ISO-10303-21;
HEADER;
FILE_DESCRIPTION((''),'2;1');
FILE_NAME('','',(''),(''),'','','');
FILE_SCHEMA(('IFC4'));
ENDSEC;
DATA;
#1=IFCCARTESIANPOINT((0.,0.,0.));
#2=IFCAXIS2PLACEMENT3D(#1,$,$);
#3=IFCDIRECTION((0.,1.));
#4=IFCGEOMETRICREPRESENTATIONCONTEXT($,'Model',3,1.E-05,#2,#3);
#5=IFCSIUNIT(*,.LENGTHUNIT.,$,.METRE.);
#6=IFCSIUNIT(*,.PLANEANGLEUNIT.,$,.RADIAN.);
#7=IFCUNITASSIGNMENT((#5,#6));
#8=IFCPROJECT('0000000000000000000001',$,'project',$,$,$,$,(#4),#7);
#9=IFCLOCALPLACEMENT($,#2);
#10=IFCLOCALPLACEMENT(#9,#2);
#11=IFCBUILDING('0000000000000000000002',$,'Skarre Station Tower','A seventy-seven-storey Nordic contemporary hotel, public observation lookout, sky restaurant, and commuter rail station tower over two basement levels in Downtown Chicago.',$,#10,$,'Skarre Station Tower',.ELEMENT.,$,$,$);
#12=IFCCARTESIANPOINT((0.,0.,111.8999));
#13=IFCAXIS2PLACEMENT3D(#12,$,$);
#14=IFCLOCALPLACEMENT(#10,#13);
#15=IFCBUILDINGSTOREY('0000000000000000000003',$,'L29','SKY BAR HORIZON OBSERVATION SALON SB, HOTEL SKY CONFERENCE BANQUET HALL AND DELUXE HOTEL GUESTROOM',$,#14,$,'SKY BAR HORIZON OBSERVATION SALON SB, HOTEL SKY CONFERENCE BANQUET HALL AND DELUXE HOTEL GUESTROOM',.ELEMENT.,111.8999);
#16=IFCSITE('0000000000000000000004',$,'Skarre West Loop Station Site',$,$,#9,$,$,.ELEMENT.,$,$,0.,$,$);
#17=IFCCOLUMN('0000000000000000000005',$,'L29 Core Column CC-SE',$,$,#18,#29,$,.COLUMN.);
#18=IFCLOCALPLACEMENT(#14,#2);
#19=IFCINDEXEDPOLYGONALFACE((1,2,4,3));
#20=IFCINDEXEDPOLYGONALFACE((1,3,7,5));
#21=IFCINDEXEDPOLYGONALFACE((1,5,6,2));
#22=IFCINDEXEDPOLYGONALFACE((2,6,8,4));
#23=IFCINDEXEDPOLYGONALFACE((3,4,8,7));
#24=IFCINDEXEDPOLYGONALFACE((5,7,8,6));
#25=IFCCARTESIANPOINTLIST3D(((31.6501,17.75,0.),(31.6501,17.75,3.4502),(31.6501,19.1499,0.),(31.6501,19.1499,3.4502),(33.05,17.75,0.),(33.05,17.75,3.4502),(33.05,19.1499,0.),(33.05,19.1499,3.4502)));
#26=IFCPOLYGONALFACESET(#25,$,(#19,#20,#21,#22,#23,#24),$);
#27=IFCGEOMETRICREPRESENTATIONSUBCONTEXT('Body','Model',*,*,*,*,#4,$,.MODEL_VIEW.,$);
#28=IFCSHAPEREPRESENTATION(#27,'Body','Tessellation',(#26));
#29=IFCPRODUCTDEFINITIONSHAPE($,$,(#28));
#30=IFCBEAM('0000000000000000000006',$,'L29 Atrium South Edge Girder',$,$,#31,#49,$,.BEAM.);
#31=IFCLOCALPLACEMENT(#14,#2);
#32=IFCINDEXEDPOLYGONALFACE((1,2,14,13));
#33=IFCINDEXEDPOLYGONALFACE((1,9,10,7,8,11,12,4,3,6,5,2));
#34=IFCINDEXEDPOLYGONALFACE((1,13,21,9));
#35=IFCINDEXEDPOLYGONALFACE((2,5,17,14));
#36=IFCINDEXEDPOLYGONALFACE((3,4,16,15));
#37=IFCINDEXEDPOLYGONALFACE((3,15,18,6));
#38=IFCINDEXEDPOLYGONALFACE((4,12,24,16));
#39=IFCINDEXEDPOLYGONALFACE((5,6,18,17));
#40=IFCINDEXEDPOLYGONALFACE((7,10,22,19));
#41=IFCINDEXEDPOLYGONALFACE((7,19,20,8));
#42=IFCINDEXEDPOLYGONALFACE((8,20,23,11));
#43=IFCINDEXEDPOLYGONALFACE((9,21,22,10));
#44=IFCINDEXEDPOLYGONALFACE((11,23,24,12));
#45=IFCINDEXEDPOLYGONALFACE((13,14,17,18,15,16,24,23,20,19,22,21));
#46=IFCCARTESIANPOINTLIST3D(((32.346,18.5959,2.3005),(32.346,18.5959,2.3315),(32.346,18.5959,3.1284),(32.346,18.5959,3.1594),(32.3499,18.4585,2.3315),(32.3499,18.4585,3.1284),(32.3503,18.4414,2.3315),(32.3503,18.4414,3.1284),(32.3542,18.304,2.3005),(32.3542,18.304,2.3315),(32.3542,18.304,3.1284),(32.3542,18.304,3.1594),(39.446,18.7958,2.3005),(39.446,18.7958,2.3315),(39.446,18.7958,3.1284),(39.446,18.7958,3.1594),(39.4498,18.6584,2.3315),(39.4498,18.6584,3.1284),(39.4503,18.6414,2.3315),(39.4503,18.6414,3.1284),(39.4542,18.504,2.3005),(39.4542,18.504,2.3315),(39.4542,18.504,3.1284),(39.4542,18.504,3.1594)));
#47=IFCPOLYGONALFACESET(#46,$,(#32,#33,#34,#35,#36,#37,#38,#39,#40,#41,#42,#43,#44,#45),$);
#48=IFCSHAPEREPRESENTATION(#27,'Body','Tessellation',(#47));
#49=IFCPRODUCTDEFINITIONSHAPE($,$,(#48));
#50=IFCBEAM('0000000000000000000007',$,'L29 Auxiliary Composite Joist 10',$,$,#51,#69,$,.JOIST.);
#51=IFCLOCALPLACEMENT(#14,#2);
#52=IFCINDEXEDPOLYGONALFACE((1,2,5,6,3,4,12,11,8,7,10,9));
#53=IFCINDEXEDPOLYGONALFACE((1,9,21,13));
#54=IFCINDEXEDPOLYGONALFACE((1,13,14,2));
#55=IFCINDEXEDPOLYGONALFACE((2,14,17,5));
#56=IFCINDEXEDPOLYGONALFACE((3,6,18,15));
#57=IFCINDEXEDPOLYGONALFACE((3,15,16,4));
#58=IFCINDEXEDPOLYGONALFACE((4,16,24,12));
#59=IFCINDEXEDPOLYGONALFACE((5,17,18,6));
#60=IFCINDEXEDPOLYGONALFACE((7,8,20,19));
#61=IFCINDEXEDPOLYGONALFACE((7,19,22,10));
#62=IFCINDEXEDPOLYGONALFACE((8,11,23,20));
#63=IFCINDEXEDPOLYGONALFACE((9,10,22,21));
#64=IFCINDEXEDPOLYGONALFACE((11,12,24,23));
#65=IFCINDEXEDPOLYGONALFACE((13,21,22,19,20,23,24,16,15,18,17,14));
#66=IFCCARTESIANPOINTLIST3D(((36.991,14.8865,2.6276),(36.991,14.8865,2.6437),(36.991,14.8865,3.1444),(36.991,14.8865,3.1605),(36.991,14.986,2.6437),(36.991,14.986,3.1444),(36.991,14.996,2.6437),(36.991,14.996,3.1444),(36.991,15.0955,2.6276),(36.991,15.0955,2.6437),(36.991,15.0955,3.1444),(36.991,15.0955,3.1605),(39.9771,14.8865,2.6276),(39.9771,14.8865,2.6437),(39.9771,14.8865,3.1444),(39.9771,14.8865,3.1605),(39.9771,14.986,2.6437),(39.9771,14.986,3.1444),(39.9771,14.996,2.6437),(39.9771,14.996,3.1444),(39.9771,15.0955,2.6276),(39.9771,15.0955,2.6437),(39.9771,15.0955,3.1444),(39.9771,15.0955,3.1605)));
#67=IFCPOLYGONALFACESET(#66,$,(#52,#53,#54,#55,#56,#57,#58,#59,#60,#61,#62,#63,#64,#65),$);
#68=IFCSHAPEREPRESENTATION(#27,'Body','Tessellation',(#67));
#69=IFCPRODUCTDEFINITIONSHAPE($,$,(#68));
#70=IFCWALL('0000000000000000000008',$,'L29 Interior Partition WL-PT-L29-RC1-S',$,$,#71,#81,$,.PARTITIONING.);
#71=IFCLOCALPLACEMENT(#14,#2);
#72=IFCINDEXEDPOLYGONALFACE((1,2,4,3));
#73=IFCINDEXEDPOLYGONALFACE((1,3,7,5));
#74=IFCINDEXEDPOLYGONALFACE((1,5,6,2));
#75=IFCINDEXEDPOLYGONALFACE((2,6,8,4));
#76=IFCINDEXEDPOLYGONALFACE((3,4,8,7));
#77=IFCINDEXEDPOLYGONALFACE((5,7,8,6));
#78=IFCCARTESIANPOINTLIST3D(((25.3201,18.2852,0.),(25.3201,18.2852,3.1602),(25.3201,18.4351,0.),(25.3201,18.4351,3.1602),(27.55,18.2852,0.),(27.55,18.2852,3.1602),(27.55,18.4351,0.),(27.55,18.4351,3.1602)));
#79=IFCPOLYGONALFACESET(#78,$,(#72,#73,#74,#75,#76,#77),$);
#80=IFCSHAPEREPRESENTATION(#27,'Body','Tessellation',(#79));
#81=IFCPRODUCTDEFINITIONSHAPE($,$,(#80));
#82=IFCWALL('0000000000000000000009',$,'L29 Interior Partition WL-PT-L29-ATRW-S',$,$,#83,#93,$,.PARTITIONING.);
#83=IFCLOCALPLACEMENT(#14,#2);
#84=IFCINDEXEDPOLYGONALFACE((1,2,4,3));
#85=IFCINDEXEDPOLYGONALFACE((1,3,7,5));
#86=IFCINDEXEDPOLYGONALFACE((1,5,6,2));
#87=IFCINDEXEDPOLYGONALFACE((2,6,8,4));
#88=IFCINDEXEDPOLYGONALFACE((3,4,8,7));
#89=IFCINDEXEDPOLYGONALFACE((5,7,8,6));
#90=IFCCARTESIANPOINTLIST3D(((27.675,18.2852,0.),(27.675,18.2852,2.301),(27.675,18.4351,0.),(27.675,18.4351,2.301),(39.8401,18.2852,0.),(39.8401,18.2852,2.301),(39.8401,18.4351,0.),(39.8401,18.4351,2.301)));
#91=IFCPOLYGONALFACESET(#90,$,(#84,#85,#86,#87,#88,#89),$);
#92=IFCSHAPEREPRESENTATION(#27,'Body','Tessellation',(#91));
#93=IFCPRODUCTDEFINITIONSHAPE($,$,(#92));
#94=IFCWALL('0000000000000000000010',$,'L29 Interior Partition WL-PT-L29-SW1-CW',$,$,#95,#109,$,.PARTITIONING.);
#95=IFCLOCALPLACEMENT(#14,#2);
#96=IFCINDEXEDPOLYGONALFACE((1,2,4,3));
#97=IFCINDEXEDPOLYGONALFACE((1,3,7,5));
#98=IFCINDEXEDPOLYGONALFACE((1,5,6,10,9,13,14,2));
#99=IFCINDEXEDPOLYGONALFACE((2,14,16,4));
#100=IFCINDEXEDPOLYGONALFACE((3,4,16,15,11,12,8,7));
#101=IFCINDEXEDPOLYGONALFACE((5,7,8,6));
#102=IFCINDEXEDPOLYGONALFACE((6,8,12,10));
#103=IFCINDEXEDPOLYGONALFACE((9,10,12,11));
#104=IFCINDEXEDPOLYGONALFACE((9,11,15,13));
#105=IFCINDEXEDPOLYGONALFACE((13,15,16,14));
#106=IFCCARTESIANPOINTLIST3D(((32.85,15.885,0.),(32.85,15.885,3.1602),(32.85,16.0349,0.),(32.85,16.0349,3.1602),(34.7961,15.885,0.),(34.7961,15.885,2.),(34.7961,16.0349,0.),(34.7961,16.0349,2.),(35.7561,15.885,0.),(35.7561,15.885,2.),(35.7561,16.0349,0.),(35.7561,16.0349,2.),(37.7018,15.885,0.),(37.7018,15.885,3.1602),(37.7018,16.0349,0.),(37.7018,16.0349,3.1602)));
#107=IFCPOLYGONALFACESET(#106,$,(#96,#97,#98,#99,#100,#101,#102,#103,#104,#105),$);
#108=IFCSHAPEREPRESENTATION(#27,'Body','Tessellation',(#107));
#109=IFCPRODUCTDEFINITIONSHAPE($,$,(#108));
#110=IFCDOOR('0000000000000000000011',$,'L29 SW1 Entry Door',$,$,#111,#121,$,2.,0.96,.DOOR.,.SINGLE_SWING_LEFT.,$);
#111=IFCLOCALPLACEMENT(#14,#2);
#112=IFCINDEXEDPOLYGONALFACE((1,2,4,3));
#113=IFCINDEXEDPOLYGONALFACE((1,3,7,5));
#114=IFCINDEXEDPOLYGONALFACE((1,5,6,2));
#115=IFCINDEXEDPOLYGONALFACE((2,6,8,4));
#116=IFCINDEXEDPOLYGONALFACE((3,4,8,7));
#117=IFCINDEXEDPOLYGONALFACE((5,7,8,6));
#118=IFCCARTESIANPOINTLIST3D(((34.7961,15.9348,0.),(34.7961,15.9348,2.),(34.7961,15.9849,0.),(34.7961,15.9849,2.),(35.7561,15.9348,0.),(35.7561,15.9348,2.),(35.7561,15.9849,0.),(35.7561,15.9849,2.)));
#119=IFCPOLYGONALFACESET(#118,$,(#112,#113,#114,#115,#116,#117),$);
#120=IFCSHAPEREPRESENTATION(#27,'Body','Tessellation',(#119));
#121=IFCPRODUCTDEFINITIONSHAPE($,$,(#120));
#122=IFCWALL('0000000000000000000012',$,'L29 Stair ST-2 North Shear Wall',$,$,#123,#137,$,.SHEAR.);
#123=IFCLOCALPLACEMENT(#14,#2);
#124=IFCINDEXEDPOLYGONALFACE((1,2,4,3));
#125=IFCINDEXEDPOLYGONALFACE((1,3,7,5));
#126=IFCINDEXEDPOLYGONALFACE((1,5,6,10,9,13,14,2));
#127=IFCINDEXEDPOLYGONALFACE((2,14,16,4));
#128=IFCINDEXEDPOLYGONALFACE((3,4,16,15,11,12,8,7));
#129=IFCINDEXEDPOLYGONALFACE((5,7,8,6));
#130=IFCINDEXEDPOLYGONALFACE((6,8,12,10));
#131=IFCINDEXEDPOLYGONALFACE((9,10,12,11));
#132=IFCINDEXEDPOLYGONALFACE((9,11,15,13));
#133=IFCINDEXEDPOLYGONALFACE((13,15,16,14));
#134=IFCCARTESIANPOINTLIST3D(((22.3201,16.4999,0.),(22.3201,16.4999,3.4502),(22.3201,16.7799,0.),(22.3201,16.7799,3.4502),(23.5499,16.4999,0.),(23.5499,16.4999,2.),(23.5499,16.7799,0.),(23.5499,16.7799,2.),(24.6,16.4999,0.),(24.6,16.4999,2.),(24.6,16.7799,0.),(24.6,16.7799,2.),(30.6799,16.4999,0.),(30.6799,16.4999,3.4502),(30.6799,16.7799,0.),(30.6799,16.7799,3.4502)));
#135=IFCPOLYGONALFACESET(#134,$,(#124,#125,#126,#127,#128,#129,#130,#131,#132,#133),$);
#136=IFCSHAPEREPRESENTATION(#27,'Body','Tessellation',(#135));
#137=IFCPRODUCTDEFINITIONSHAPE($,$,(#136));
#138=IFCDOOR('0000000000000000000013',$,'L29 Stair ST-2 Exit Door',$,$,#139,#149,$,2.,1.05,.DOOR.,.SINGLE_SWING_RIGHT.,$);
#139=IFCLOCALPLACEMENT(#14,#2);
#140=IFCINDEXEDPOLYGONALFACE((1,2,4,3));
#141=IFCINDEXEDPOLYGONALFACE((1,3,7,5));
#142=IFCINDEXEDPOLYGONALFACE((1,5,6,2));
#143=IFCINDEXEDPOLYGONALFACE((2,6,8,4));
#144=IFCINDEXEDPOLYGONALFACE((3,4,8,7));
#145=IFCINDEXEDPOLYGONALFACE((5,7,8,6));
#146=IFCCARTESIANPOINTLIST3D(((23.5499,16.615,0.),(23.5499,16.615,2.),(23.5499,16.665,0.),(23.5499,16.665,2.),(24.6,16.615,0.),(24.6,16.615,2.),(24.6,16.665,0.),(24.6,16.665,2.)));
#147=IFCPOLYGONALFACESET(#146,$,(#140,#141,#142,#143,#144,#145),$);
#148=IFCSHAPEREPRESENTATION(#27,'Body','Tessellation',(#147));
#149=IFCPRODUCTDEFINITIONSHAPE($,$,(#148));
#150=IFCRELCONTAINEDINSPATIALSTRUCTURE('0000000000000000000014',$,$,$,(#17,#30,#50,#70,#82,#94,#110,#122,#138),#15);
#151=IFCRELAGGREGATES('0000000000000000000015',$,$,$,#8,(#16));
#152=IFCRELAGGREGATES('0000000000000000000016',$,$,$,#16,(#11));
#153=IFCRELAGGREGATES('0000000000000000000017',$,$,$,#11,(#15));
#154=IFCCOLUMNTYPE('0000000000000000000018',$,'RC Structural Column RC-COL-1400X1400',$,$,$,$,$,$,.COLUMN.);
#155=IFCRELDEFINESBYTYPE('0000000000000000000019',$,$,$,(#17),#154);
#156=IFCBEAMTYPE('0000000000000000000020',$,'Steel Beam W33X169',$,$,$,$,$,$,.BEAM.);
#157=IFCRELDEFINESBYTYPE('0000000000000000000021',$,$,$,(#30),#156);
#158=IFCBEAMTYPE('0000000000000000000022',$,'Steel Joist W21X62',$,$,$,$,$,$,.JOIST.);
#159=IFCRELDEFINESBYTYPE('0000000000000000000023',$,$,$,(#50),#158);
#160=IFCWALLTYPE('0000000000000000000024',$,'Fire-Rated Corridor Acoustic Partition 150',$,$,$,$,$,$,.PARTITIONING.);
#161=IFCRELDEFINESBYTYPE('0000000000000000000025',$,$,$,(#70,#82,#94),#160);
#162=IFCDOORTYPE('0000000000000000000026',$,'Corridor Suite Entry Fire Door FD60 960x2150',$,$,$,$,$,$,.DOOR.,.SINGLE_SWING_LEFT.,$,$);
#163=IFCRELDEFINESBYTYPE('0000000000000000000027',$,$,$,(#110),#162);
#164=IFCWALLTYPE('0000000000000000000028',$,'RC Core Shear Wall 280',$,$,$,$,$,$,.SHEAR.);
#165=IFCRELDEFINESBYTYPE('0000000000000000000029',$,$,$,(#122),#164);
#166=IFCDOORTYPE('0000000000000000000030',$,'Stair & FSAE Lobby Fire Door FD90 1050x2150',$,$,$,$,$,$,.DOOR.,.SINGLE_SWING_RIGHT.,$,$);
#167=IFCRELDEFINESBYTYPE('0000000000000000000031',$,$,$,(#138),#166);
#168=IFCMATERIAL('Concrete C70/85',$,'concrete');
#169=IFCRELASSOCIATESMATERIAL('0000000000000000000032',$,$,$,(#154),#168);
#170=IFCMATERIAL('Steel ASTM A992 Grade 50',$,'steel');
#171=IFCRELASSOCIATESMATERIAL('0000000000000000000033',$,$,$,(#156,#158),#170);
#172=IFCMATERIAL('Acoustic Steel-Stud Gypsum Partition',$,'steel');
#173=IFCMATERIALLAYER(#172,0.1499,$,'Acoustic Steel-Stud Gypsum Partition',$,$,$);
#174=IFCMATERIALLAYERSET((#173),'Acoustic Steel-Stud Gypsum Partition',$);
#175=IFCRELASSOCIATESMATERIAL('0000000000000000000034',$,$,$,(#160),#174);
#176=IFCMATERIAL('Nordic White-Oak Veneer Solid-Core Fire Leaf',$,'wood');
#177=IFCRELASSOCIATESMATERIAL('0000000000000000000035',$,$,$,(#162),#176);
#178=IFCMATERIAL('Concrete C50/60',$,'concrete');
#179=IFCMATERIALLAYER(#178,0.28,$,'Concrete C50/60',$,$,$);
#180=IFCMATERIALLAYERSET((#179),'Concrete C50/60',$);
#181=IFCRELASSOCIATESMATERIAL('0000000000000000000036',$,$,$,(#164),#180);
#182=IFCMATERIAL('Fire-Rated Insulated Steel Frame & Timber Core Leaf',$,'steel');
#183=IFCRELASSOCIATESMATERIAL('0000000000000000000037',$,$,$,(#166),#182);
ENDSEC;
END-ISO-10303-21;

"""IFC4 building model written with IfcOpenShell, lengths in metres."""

from ifc_helpers import new_model, si_unit, direction, frame, frame_2d, origin, origin_2d, place, context, subcontext, project, spatial, rectangle, i_section, extrude, material, layer, layer_set, material_profile, profile_set, type_object, element, fill, save


model = new_model("IFC4")

# Units and contexts
model_context = context("Model", 3, precision=1e-05, world=origin(), true_north=direction((0.0, 1.0)))
body_context = subcontext(model_context, "Body", "Model", "MODEL_VIEW")
ifc_project = project(units=[si_unit("LENGTHUNIT", "METRE"), si_unit("PLANEANGLEUNIT", "RADIAN")], contexts=[model_context])

# Site, building, storey
site_placement = place(None, origin())
site = spatial("IfcSite", under=ifc_project, at=site_placement, Name="Skarre West Loop Station Site", CompositionType="ELEMENT", RefElevation=0.0)
building_placement = place(site_placement, origin())
building = spatial("IfcBuilding", under=site, at=building_placement, Name="Skarre Station Tower", Description="A seventy-seven-storey Nordic contemporary hotel, public observation lookout, sky restaurant, and commuter rail station tower over two basement levels in Downtown Chicago.", LongName="Skarre Station Tower", CompositionType="ELEMENT")
storey_placement = place(building_placement, frame((0.0, 0.0, 111.8999)))
storey = spatial("IfcBuildingStorey", under=building, at=storey_placement, Name="L29", Description="SKY BAR HORIZON OBSERVATION SALON SB, HOTEL SKY CONFERENCE BANQUET HALL AND DELUXE HOTEL GUESTROOM", LongName="SKY BAR HORIZON OBSERVATION SALON SB, HOTEL SKY CONFERENCE BANQUET HALL AND DELUXE HOTEL GUESTROOM", CompositionType="ELEMENT", Elevation=111.8999)

# Column
ifc_material_1 = material(Name="Concrete C70/85", Category="concrete")
ifc_material_profile_1 = material_profile(ifc_material_1, rectangle(XDim=1.3999, YDim=1.3999, at=origin_2d()), Name="Concrete C70/85")
ifc_profile_set_1 = profile_set([ifc_material_profile_1], Name="Concrete C70/85")
column_type = type_object("IfcColumnType", Name="RC Structural Column RC-COL-1400X1400", PredefinedType="COLUMN", material=ifc_profile_set_1)
column_placement = place(storey_placement, frame((32.3501, 18.45, 0.0), z_axis=(0.0, 0.0, 1.0), x_axis=(1.0, 0.0, 0.0)))
element("IfcColumn", 1, at=column_placement, inside=storey, type_object=column_type, Name="L29 Core Column CC-SE", PredefinedType="COLUMN", context=body_context, shape_type="SweptSolid", body=[
    extrude(rectangle(XDim=1.3999, YDim=1.3999, at=origin_2d()), origin(), (0.0, 0.0, 1.0), 3.4502),
])

# Beams
ifc_material_2 = material(Name="Steel ASTM A992 Grade 50", Category="steel")
ifc_material_profile_2 = material_profile(ifc_material_2, i_section(OverallWidth=0.292, OverallDepth=0.8589, WebThickness=0.0171, FlangeThickness=0.031, at=origin_2d()), Name="Steel ASTM A992 Grade 50")
ifc_profile_set_2 = profile_set([ifc_material_profile_2], Name="Steel ASTM A992 Grade 50")
beam_type_1 = type_object("IfcBeamType", Name="Steel Beam W33X169", PredefinedType="BEAM", material=ifc_profile_set_2)
beam_1_placement = place(storey_placement, frame((32.3501, 18.45, 2.73), z_axis=(0.999604, 0.028152, 0.0), x_axis=(-0.028152, 0.999604, 0.0)))
element("IfcBeam", 2, at=beam_1_placement, inside=storey, type_object=beam_type_1, Name="L29 Atrium South Edge Girder", PredefinedType="BEAM", context=body_context, shape_type="SweptSolid", body=[
    extrude(i_section(OverallWidth=0.292, OverallDepth=0.8589, WebThickness=0.0171, FlangeThickness=0.031, at=origin_2d()), origin(), (0.0, 0.0, 1.0), 7.1028),
])
ifc_material_profile_3 = material_profile(ifc_material_2, i_section(OverallWidth=0.209, OverallDepth=0.533, WebThickness=0.01, FlangeThickness=0.0161, at=origin_2d()), Name="Steel ASTM A992 Grade 50")
ifc_profile_set_3 = profile_set([ifc_material_profile_3], Name="Steel ASTM A992 Grade 50")
beam_type_2 = type_object("IfcBeamType", Name="Steel Joist W21X62", PredefinedType="JOIST", material=ifc_profile_set_3)
beam_2_placement = place(storey_placement, frame((36.991, 14.991, 2.894), z_axis=(1.0, 0.0, 0.0), x_axis=(0.0, 1.0, 0.0)))
element("IfcBeam", 3, at=beam_2_placement, inside=storey, type_object=beam_type_2, Name="L29 Auxiliary Composite Joist 10", PredefinedType="JOIST", context=body_context, shape_type="SweptSolid", body=[
    extrude(i_section(OverallWidth=0.209, OverallDepth=0.533, WebThickness=0.01, FlangeThickness=0.0161, at=origin_2d()), origin(), (0.0, 0.0, 1.0), 2.9861),
])

# Walls
ifc_material_3 = material(Name="Acoustic Steel-Stud Gypsum Partition", Category="steel")
ifc_layer_1 = layer(ifc_material_3, 0.1499, Name="Acoustic Steel-Stud Gypsum Partition")
ifc_layer_set_1 = layer_set([ifc_layer_1], Name="Acoustic Steel-Stud Gypsum Partition")
wall_type_1 = type_object("IfcWallType", Name="Fire-Rated Corridor Acoustic Partition 150", PredefinedType="PARTITIONING", material=ifc_layer_set_1)
wall_1_placement = place(storey_placement, frame((25.3201, 18.3601, 0.0), z_axis=(0.0, 0.0, 1.0), x_axis=(1.0, 0.0, 0.0)))
element("IfcWall", 4, at=wall_1_placement, inside=storey, type_object=wall_type_1, Name="L29 Interior Partition WL-PT-L29-RC1-S", PredefinedType="PARTITIONING", context=body_context, shape_type="SweptSolid", body=[
    extrude(rectangle(XDim=2.23, YDim=0.1499, at=frame_2d((1.115, 0.0))), origin(), (0.0, 0.0, 1.0), 3.1602),
])
wall_2_placement = place(storey_placement, frame((27.675, 18.3601, 0.0), z_axis=(0.0, 0.0, 1.0), x_axis=(1.0, 0.0, 0.0)))
element("IfcWall", 5, at=wall_2_placement, inside=storey, type_object=wall_type_1, Name="L29 Interior Partition WL-PT-L29-ATRW-S", PredefinedType="PARTITIONING", context=body_context, shape_type="SweptSolid", body=[
    extrude(rectangle(XDim=12.165, YDim=0.1499, at=frame_2d((6.0825, 0.0))), origin(), (0.0, 0.0, 1.0), 2.301),
])

# Walls, openings, doors
wall_3_placement = place(storey_placement, frame((32.8501, 15.96, 0.0), z_axis=(0.0, 0.0, 1.0), x_axis=(1.0, 0.0, 0.0)))
wall_3 = element("IfcWall", 6, at=wall_3_placement, inside=storey, type_object=wall_type_1, Name="L29 Interior Partition WL-PT-L29-SW1-CW", PredefinedType="PARTITIONING", context=body_context, shape_type="SweptSolid", body=[
    extrude(rectangle(XDim=4.8518, YDim=0.1499, at=frame_2d((2.4258, 0.0))), origin(), (0.0, 0.0, 1.0), 3.1602),
])
opening_1_placement = place(wall_3_placement, frame((1.946, 0.0, 0.0)))
opening_1 = element("IfcOpeningElement", 7, at=opening_1_placement, cuts=wall_3, PredefinedType="OPENING", context=body_context, shape_type="SweptSolid", body=[
    extrude(rectangle(XDim=0.96, YDim=2.0, at=frame_2d((0.48, 1.0))), frame((0.0, 0.085, 0.0), z_axis=(0.0, -1.0, 0.0), x_axis=(1.0, 0.0, 0.0)), (0.0, 0.0, 1.0), 0.1699),
])
ifc_material_4 = material(Name="Nordic White-Oak Veneer Solid-Core Fire Leaf", Category="wood")
door_type_1 = type_object("IfcDoorType", Name="Corridor Suite Entry Fire Door FD60 960x2150", OperationType="SINGLE_SWING_LEFT", PredefinedType="DOOR", material=ifc_material_4)
door_1_placement = place(opening_1_placement, origin())
door_1 = element("IfcDoor", 8, at=door_1_placement, inside=storey, type_object=door_type_1, Name="L29 SW1 Entry Door", OperationType="SINGLE_SWING_LEFT", OverallHeight=2.0, OverallWidth=0.96, PredefinedType="DOOR", context=body_context, shape_type="SweptSolid", body=[
    extrude(rectangle(XDim=0.96, YDim=2.0, at=frame_2d((0.48, 1.0))), frame((0.0, 0.0249, 0.0), z_axis=(0.0, -1.0, 0.0), x_axis=(1.0, 0.0, 0.0)), (0.0, 0.0, 1.0), 0.05),
])
fill(opening_1, door_1)
ifc_material_5 = material(Name="Concrete C50/60", Category="concrete")
ifc_layer_2 = layer(ifc_material_5, 0.28, Name="Concrete C50/60")
ifc_layer_set_2 = layer_set([ifc_layer_2], Name="Concrete C50/60")
wall_type_2 = type_object("IfcWallType", Name="RC Core Shear Wall 280", PredefinedType="SHEAR", material=ifc_layer_set_2)
wall_4_placement = place(storey_placement, frame((30.6799, 16.6399, 0.0), z_axis=(0.0, 0.0, 1.0), x_axis=(-1.0, 0.0, 0.0)))
wall_4 = element("IfcWall", 9, at=wall_4_placement, inside=storey, type_object=wall_type_2, Name="L29 Stair ST-2 North Shear Wall", PredefinedType="SHEAR", context=body_context, shape_type="SweptSolid", body=[
    extrude(rectangle(XDim=8.3599, YDim=0.28, at=frame_2d((4.1799, 0.0))), origin(), (0.0, 0.0, 1.0), 3.4502),
])
opening_2_placement = place(wall_4_placement, frame((6.0801, 0.0, 0.0)))
opening_2 = element("IfcOpeningElement", 10, at=opening_2_placement, cuts=wall_4, PredefinedType="OPENING", context=body_context, shape_type="SweptSolid", body=[
    extrude(rectangle(XDim=1.05, YDim=2.0, at=frame_2d((0.5249, 1.0))), frame((0.0, 0.1499, 0.0), z_axis=(0.0, -1.0, 0.0), x_axis=(1.0, 0.0, 0.0)), (0.0, 0.0, 1.0), 0.3),
])
ifc_material_6 = material(Name="Fire-Rated Insulated Steel Frame & Timber Core Leaf", Category="steel")
door_type_2 = type_object("IfcDoorType", Name="Stair & FSAE Lobby Fire Door FD90 1050x2150", OperationType="SINGLE_SWING_RIGHT", PredefinedType="DOOR", material=ifc_material_6)
door_2_placement = place(opening_2_placement, origin())
door_2 = element("IfcDoor", 11, at=door_2_placement, inside=storey, type_object=door_type_2, Name="L29 Stair ST-2 Exit Door", OperationType="SINGLE_SWING_RIGHT", OverallHeight=2.0, OverallWidth=1.05, PredefinedType="DOOR", context=body_context, shape_type="SweptSolid", body=[
    extrude(rectangle(XDim=1.05, YDim=2.0, at=frame_2d((0.5249, 1.0))), frame((0.0, 0.0249, 0.0), z_axis=(0.0, -1.0, 0.0), x_axis=(1.0, 0.0, 0.0)), (0.0, 0.0, 1.0), 0.05),
])
fill(opening_2, door_2)

save(model, "model.ifc")
